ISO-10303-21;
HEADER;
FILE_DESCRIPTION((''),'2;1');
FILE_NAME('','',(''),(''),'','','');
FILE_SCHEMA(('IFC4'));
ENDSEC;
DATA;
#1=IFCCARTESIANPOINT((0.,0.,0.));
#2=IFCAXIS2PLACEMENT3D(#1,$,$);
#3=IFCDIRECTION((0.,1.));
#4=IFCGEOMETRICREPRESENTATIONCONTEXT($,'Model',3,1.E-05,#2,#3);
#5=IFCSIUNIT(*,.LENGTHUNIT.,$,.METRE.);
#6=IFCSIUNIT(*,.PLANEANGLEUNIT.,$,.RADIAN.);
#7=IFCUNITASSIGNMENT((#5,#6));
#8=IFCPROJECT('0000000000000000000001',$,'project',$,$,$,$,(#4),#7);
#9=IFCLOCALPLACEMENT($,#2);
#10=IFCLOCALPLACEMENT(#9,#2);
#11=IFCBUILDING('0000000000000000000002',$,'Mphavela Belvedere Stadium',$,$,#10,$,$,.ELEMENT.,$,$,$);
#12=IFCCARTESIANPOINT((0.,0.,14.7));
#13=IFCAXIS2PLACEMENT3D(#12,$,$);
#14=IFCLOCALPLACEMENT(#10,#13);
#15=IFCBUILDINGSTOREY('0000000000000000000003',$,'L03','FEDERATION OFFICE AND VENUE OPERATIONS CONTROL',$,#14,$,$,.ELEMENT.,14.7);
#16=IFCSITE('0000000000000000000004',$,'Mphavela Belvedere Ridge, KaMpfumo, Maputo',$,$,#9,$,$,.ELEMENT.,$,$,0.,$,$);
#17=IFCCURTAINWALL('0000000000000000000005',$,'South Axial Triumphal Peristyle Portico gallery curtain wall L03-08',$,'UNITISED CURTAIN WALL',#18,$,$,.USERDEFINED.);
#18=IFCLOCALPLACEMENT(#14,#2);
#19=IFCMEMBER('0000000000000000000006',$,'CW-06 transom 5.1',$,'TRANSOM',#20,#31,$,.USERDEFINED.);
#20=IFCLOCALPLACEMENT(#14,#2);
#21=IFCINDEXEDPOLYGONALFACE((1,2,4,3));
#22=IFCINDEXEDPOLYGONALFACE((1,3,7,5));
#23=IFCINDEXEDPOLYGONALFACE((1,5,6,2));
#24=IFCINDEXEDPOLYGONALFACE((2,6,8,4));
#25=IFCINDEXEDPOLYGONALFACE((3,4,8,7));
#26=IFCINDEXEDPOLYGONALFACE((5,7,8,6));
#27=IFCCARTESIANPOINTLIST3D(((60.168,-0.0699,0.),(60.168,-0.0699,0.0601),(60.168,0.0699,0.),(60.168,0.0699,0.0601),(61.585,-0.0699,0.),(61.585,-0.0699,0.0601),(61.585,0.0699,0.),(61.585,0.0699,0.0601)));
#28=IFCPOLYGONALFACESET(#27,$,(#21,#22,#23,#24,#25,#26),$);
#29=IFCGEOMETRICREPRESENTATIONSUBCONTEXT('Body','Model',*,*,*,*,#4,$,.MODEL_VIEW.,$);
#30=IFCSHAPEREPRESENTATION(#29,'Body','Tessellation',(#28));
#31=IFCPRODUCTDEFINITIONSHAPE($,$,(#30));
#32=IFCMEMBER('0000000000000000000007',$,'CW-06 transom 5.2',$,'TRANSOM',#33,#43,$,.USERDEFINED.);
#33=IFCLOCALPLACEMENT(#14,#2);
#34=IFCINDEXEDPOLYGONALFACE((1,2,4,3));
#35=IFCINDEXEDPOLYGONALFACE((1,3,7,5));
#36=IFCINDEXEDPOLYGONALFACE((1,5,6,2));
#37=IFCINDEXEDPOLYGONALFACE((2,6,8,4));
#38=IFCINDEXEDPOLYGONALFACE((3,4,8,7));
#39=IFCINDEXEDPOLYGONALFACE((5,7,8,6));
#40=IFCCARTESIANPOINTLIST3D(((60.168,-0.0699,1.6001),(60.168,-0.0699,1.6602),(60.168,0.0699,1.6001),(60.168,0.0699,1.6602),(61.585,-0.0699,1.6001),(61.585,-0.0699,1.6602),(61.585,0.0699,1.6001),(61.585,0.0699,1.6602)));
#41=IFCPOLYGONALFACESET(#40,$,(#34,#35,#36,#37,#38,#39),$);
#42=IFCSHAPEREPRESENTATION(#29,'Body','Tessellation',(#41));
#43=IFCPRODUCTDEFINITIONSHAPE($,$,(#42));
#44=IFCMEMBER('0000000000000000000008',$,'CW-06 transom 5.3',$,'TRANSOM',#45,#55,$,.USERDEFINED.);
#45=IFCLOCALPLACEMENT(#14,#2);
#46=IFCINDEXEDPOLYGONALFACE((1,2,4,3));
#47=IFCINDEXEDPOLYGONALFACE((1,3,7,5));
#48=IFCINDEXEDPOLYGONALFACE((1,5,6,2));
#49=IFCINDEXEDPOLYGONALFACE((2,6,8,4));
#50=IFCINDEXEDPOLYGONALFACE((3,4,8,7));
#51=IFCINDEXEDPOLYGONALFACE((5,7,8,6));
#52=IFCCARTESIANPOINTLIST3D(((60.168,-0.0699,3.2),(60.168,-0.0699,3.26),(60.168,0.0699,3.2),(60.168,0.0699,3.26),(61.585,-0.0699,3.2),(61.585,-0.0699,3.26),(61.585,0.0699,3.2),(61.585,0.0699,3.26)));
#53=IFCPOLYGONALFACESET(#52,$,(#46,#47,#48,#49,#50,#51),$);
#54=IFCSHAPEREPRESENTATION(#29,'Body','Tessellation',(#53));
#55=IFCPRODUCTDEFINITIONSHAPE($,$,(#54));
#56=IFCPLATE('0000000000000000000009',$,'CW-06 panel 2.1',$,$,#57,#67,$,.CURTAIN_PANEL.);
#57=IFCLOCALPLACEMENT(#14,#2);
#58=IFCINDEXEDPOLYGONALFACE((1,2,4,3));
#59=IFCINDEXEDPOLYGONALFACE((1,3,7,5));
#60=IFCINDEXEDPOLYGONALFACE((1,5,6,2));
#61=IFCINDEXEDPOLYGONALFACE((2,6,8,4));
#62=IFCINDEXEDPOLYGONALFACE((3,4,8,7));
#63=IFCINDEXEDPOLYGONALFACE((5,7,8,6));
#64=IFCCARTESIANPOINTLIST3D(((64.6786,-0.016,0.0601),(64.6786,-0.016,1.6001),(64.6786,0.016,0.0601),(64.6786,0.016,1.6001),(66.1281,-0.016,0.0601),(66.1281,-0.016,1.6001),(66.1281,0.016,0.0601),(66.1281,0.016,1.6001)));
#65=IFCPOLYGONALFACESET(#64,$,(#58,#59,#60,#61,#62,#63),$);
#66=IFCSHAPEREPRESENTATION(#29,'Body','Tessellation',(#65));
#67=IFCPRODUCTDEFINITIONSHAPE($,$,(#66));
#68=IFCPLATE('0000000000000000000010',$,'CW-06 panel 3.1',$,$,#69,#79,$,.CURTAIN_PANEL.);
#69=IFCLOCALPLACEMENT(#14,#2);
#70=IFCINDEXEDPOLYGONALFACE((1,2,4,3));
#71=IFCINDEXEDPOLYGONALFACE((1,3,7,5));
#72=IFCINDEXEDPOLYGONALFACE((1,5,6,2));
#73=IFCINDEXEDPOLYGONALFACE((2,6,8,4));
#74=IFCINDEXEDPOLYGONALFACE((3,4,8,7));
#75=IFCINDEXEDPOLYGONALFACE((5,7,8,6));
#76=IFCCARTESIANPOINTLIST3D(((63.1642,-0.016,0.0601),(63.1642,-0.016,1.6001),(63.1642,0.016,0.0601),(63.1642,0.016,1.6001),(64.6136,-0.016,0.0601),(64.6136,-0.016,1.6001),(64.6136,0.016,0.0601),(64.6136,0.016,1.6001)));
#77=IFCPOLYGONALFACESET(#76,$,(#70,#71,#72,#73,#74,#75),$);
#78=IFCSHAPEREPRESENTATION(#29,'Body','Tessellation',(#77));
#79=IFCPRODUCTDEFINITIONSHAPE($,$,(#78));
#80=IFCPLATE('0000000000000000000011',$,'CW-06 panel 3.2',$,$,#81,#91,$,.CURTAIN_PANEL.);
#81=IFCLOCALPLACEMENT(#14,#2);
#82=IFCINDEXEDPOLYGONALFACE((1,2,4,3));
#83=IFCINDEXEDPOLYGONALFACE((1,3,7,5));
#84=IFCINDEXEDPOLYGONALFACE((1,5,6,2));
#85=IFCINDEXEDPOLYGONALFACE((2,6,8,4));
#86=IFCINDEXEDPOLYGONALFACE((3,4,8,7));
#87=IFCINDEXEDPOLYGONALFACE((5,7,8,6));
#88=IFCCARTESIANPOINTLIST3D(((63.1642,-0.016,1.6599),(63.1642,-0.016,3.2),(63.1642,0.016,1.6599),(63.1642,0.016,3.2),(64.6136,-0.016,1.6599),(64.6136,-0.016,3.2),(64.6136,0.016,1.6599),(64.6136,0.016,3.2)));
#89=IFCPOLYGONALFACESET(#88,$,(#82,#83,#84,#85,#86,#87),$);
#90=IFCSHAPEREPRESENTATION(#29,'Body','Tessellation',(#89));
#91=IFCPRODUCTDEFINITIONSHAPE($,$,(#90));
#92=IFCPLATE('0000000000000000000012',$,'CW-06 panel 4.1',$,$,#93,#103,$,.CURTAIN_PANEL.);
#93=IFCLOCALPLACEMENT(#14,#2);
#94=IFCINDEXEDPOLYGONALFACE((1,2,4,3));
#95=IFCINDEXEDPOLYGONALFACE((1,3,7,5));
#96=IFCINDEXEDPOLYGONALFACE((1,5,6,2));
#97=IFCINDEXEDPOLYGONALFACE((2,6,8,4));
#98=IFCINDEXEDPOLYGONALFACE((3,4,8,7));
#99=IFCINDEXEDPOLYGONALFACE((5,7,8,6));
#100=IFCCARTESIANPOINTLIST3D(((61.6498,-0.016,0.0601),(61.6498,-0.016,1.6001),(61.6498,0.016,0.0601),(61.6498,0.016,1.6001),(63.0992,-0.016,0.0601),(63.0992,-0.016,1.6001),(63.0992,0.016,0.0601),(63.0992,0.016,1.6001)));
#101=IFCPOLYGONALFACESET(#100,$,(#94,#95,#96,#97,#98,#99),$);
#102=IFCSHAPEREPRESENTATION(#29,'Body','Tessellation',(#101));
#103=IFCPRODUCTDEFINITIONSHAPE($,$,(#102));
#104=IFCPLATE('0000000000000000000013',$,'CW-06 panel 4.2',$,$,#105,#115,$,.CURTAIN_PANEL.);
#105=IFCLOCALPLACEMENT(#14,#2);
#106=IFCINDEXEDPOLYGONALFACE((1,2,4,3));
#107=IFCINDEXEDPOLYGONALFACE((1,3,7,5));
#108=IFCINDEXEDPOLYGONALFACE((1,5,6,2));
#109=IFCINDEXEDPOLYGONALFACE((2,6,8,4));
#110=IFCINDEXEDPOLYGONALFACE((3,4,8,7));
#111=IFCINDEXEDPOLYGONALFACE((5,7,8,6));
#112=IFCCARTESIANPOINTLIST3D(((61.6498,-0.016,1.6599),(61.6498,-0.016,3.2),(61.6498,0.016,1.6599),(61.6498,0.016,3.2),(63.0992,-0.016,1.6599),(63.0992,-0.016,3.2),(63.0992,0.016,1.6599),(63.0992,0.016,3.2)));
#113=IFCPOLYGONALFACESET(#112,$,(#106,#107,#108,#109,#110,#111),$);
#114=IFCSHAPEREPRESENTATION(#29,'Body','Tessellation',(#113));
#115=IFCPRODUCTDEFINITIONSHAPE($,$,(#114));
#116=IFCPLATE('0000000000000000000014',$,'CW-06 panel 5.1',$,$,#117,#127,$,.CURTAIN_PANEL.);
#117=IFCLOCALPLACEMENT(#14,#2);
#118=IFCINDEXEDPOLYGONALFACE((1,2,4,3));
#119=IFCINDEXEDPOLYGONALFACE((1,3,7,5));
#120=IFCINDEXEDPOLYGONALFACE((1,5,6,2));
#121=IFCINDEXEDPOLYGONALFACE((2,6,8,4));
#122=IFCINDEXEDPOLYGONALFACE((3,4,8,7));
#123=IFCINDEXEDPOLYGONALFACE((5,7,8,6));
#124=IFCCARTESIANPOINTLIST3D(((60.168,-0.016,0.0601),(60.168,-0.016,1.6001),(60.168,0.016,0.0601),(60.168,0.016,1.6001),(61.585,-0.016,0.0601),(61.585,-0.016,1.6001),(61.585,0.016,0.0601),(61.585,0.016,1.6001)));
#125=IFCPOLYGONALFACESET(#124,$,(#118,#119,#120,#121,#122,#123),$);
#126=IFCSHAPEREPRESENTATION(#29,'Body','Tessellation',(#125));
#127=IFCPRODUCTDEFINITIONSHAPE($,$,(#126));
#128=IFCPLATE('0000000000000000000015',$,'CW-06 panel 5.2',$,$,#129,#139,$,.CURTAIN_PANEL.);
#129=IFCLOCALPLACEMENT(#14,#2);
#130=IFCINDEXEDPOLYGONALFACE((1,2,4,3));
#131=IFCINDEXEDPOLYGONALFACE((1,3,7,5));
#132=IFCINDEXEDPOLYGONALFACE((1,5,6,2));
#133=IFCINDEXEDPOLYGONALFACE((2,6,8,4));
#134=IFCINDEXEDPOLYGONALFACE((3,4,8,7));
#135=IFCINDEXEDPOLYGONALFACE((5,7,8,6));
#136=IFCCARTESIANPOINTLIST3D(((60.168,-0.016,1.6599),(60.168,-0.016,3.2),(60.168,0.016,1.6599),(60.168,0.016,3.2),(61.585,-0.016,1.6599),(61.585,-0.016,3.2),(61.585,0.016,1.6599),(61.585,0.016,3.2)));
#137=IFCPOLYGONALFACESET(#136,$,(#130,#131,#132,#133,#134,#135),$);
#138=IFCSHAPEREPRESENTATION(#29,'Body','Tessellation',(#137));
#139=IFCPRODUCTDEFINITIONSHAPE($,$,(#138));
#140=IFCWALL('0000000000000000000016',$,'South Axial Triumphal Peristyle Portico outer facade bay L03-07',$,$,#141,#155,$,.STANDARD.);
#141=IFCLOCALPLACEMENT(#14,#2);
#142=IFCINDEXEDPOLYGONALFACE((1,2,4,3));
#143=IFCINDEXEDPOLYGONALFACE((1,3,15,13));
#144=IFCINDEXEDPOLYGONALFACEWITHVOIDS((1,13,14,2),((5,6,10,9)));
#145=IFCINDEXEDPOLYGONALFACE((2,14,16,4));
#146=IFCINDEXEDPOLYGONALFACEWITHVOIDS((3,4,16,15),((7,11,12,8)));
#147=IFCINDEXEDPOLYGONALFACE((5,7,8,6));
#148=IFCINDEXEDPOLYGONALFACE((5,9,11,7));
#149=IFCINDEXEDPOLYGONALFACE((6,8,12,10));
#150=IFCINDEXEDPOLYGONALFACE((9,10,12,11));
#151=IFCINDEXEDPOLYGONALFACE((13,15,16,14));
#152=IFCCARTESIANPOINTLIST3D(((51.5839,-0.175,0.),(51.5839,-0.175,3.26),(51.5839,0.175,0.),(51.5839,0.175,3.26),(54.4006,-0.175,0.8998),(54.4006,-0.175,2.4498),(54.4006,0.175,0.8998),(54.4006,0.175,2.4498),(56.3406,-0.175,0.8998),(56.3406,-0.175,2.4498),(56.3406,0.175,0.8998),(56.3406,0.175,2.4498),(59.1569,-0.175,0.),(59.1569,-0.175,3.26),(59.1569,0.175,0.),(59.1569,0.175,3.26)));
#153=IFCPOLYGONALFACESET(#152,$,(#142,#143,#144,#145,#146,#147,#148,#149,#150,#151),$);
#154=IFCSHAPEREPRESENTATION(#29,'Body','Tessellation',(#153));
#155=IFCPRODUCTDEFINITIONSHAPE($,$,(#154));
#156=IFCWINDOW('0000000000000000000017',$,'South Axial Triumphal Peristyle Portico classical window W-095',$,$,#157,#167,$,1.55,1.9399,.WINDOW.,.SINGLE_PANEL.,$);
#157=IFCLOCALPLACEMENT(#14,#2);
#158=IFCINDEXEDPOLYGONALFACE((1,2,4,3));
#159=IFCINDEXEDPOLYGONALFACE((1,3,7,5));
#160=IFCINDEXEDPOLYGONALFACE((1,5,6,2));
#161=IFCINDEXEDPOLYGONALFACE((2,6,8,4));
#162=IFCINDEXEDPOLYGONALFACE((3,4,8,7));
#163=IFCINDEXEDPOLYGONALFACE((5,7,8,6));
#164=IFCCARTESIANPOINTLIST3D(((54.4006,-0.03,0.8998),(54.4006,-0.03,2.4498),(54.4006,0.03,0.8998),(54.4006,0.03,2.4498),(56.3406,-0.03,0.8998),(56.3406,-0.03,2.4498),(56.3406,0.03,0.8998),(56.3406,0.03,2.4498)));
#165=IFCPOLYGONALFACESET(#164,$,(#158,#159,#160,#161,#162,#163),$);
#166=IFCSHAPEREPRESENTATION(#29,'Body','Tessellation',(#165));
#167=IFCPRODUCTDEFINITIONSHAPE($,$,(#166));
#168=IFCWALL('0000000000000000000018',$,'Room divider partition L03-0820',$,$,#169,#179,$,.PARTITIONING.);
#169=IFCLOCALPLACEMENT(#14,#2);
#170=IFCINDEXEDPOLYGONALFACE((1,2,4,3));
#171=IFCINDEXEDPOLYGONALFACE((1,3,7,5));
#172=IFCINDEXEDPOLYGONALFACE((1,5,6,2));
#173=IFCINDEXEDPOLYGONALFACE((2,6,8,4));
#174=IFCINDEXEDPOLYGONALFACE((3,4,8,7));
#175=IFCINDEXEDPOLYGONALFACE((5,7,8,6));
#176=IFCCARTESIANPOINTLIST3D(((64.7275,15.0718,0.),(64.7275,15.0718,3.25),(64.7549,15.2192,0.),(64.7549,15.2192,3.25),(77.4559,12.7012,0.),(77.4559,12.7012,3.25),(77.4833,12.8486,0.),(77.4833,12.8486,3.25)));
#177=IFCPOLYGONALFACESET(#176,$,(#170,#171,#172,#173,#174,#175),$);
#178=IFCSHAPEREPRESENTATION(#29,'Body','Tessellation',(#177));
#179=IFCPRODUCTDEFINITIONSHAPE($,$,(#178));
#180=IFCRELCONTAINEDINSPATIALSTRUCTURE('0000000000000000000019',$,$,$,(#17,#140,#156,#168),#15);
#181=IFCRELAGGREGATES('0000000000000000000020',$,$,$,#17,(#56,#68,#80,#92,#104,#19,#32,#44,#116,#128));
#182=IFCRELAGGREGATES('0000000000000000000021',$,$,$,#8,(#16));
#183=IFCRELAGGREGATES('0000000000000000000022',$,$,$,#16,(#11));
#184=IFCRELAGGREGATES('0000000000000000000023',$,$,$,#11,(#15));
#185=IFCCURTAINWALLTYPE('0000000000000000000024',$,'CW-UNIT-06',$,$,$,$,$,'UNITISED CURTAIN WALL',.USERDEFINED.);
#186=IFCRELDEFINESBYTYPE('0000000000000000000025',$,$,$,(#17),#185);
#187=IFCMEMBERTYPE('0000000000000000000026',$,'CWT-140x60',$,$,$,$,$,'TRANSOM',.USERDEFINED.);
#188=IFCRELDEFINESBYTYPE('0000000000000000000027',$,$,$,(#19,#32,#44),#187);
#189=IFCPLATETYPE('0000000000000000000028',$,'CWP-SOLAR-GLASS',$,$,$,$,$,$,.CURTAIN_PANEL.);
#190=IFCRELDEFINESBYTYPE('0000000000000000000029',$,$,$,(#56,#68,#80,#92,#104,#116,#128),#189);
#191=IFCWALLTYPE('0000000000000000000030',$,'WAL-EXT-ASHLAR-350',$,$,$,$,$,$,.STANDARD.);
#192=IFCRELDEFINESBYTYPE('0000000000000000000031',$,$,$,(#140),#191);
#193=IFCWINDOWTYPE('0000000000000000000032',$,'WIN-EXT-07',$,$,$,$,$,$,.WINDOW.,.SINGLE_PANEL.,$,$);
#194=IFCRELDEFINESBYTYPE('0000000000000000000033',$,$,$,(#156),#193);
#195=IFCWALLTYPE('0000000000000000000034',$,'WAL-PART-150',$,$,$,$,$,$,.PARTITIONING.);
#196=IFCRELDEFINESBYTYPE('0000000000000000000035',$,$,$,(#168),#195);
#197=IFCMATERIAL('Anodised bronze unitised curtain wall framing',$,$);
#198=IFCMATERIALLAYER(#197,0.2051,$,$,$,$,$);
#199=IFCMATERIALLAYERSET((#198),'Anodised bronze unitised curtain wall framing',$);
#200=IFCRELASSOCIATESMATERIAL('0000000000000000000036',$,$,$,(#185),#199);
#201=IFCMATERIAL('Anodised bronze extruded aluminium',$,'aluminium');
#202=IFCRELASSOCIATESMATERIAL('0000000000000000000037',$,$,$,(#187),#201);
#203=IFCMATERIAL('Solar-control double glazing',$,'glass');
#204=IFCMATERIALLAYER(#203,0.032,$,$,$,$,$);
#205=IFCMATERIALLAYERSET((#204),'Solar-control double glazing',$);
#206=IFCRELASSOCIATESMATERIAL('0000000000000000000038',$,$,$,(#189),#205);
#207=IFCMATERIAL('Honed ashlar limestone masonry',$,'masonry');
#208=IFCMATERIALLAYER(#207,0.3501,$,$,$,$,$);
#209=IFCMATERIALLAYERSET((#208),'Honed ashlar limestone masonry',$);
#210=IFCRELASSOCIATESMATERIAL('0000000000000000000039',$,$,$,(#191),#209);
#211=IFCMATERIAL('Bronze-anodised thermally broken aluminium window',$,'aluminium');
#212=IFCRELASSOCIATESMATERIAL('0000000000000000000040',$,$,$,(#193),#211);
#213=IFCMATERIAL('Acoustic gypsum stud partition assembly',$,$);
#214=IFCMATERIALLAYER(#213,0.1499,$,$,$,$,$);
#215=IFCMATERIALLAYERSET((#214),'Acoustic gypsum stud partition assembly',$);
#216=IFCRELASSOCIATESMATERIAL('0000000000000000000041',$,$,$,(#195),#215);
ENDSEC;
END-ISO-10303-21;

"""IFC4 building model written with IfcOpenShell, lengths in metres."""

from ifc_helpers import new_model, si_unit, direction, frame, frame_2d, origin, origin_2d, place, context, subcontext, project, spatial, rectangle, extrude, material, layer, layer_set, material_profile, profile_set, type_object, element, fill, aggregate, save


model = new_model("IFC4")

# Units and contexts
model_context = context("Model", 3, precision=1e-05, world=origin(), true_north=direction((0.0, 1.0)))
body_context = subcontext(model_context, "Body", "Model", "MODEL_VIEW")
ifc_project = project(units=[si_unit("LENGTHUNIT", "METRE"), si_unit("PLANEANGLEUNIT", "RADIAN")], contexts=[model_context])

# Site, building, storey
site_placement = place(None, origin())
site = spatial("IfcSite", under=ifc_project, at=site_placement, Name="Mphavela Belvedere Ridge, KaMpfumo, Maputo", CompositionType="ELEMENT", RefElevation=0.0)
building_placement = place(site_placement, origin())
building = spatial("IfcBuilding", under=site, at=building_placement, Name="Mphavela Belvedere Stadium", CompositionType="ELEMENT")
storey_placement = place(building_placement, frame((0.0, 0.0, 14.7)))
storey = spatial("IfcBuildingStorey", under=building, at=storey_placement, Name="L03", Description="FEDERATION OFFICE AND VENUE OPERATIONS CONTROL", CompositionType="ELEMENT", Elevation=14.7)

# Curtain wall, members, plates
ifc_material_1 = material(Name="Anodised bronze unitised curtain wall framing")
ifc_layer_1 = layer(ifc_material_1, 0.2051)
ifc_layer_set_1 = layer_set([ifc_layer_1], Name="Anodised bronze unitised curtain wall framing")
curtain_wall_type = type_object("IfcCurtainWallType", Name="CW-UNIT-06", ElementType="UNITISED CURTAIN WALL", PredefinedType="USERDEFINED", material=ifc_layer_set_1)
curtain_wall_placement = place(storey_placement, origin())
curtain_wall = element("IfcCurtainWall", 1, at=curtain_wall_placement, inside=storey, type_object=curtain_wall_type, Name="South Axial Triumphal Peristyle Portico gallery curtain wall L03-08", ObjectType="UNITISED CURTAIN WALL", PredefinedType="USERDEFINED")
ifc_material_2 = material(Name="Anodised bronze extruded aluminium", Category="aluminium")
ifc_material_profile_1 = material_profile(ifc_material_2, rectangle(XDim=0.1399, YDim=0.0601, at=origin_2d()), Name="CW-TRN 140x60")
ifc_profile_set_1 = profile_set([ifc_material_profile_1], Name="Anodised bronze extruded aluminium")
member_type_1 = type_object("IfcMemberType", Name="CWT-140x60", ElementType="TRANSOM", PredefinedType="USERDEFINED", material=ifc_profile_set_1)
member_1_placement = place(storey_placement, frame((61.585, 0.0, 0.03), z_axis=(-1.0, 0.0, 0.0), x_axis=(0.0, -1.0, 0.0)))
member_1 = element("IfcMember", 2, at=member_1_placement, type_object=member_type_1, Name="CW-06 transom 5.1", ObjectType="TRANSOM", PredefinedType="USERDEFINED", context=body_context, shape_type="SweptSolid", body=[
    extrude(rectangle(XDim=0.1399, YDim=0.0601, at=origin_2d()), origin(), (0.0, 0.0, 1.0), 1.417),
])
member_2_placement = place(storey_placement, frame((61.585, 0.0, 1.6301), z_axis=(-1.0, 0.0, 0.0), x_axis=(0.0, -1.0, 0.0)))
member_2 = element("IfcMember", 3, at=member_2_placement, type_object=member_type_1, Name="CW-06 transom 5.2", ObjectType="TRANSOM", PredefinedType="USERDEFINED", context=body_context, shape_type="SweptSolid", body=[
    extrude(rectangle(XDim=0.1399, YDim=0.0601, at=origin_2d()), origin(), (0.0, 0.0, 1.0), 1.417),
])
member_3_placement = place(storey_placement, frame((61.585, 0.0, 3.23), z_axis=(-1.0, 0.0, 0.0), x_axis=(0.0, -1.0, 0.0)))
member_3 = element("IfcMember", 4, at=member_3_placement, type_object=member_type_1, Name="CW-06 transom 5.3", ObjectType="TRANSOM", PredefinedType="USERDEFINED", context=body_context, shape_type="SweptSolid", body=[
    extrude(rectangle(XDim=0.1399, YDim=0.0601, at=origin_2d()), origin(), (0.0, 0.0, 1.0), 1.417),
])
ifc_material_3 = material(Name="Solar-control double glazing", Category="glass")
ifc_layer_2 = layer(ifc_material_3, 0.032)
ifc_layer_set_2 = layer_set([ifc_layer_2], Name="Solar-control double glazing")
plate_type = type_object("IfcPlateType", Name="CWP-SOLAR-GLASS", PredefinedType="CURTAIN_PANEL", material=ifc_layer_set_2)
plate_1_placement = place(storey_placement, frame((65.4033, 0.0, 0.0601), z_axis=(0.0, 0.0, 1.0), x_axis=(-1.0, 0.0, 0.0)))
plate_1 = element("IfcPlate", 5, at=plate_1_placement, type_object=plate_type, Name="CW-06 panel 2.1", PredefinedType="CURTAIN_PANEL", context=body_context, shape_type="SweptSolid", body=[
    extrude(rectangle(XDim=1.4495, YDim=0.032, at=origin_2d()), origin(), (0.0, 0.0, 1.0), 1.54),
])
plate_2_placement = place(storey_placement, frame((63.8889, 0.0, 0.0601), z_axis=(0.0, 0.0, 1.0), x_axis=(-1.0, 0.0, 0.0)))
plate_2 = element("IfcPlate", 6, at=plate_2_placement, type_object=plate_type, Name="CW-06 panel 3.1", PredefinedType="CURTAIN_PANEL", context=body_context, shape_type="SweptSolid", body=[
    extrude(rectangle(XDim=1.4495, YDim=0.032, at=origin_2d()), origin(), (0.0, 0.0, 1.0), 1.54),
])
plate_3_placement = place(storey_placement, frame((63.8889, 0.0, 1.6599), z_axis=(0.0, 0.0, 1.0), x_axis=(-1.0, 0.0, 0.0)))
plate_3 = element("IfcPlate", 7, at=plate_3_placement, type_object=plate_type, Name="CW-06 panel 3.2", PredefinedType="CURTAIN_PANEL", context=body_context, shape_type="SweptSolid", body=[
    extrude(rectangle(XDim=1.4495, YDim=0.032, at=origin_2d()), origin(), (0.0, 0.0, 1.0), 1.54),
])
plate_4_placement = place(storey_placement, frame((62.3745, 0.0, 0.0601), z_axis=(0.0, 0.0, 1.0), x_axis=(-1.0, 0.0, 0.0)))
plate_4 = element("IfcPlate", 8, at=plate_4_placement, type_object=plate_type, Name="CW-06 panel 4.1", PredefinedType="CURTAIN_PANEL", context=body_context, shape_type="SweptSolid", body=[
    extrude(rectangle(XDim=1.4495, YDim=0.032, at=origin_2d()), origin(), (0.0, 0.0, 1.0), 1.54),
])
plate_5_placement = place(storey_placement, frame((62.3745, 0.0, 1.6599), z_axis=(0.0, 0.0, 1.0), x_axis=(-1.0, 0.0, 0.0)))
plate_5 = element("IfcPlate", 9, at=plate_5_placement, type_object=plate_type, Name="CW-06 panel 4.2", PredefinedType="CURTAIN_PANEL", context=body_context, shape_type="SweptSolid", body=[
    extrude(rectangle(XDim=1.4495, YDim=0.032, at=origin_2d()), origin(), (0.0, 0.0, 1.0), 1.54),
])
plate_6_placement = place(storey_placement, frame((60.8765, 0.0, 0.0601), z_axis=(0.0, 0.0, 1.0), x_axis=(-1.0, 0.0, 0.0)))
plate_6 = element("IfcPlate", 10, at=plate_6_placement, type_object=plate_type, Name="CW-06 panel 5.1", PredefinedType="CURTAIN_PANEL", context=body_context, shape_type="SweptSolid", body=[
    extrude(rectangle(XDim=1.417, YDim=0.032, at=origin_2d()), origin(), (0.0, 0.0, 1.0), 1.54),
])
plate_7_placement = place(storey_placement, frame((60.8765, 0.0, 1.6599), z_axis=(0.0, 0.0, 1.0), x_axis=(-1.0, 0.0, 0.0)))
plate_7 = element("IfcPlate", 11, at=plate_7_placement, type_object=plate_type, Name="CW-06 panel 5.2", PredefinedType="CURTAIN_PANEL", context=body_context, shape_type="SweptSolid", body=[
    extrude(rectangle(XDim=1.417, YDim=0.032, at=origin_2d()), origin(), (0.0, 0.0, 1.0), 1.54),
])
aggregate(curtain_wall, [plate_1, plate_2, plate_3, plate_4, plate_5, member_1, member_2, member_3, plate_6, plate_7])

# Wall, opening, window
ifc_material_4 = material(Name="Honed ashlar limestone masonry", Category="masonry")
ifc_layer_3 = layer(ifc_material_4, 0.3501)
ifc_layer_set_3 = layer_set([ifc_layer_3], Name="Honed ashlar limestone masonry")
wall_type_1 = type_object("IfcWallType", Name="WAL-EXT-ASHLAR-350", PredefinedType="STANDARD", material=ifc_layer_set_3)
wall_1_placement = place(storey_placement, frame((59.157, 0.0, 0.0), z_axis=(0.0, 0.0, 1.0), x_axis=(-1.0, 0.0, 0.0)))
wall_1 = element("IfcWall", 12, at=wall_1_placement, inside=storey, type_object=wall_type_1, Name="South Axial Triumphal Peristyle Portico outer facade bay L03-07", PredefinedType="STANDARD", context=body_context, shape_type="SweptSolid", body=[
    extrude(rectangle(XDim=7.573, YDim=0.3501, at=frame_2d((3.7866, 0.0))), origin(), (0.0, 0.0, 1.0), 3.26),
])
opening_placement = place(wall_1_placement, frame((2.8164, 0.0, 0.8999)))
opening = element("IfcOpeningElement", 13, at=opening_placement, cuts=wall_1, PredefinedType="OPENING", context=body_context, shape_type="SweptSolid", body=[
    extrude(rectangle(XDim=1.9399, YDim=1.55, at=frame_2d((0.97, 0.7749))), frame((0.0, 0.1851, 0.0), z_axis=(0.0, -1.0, 0.0), x_axis=(1.0, 0.0, 0.0)), (0.0, 0.0, 1.0), 0.3701),
])
ifc_material_5 = material(Name="Bronze-anodised thermally broken aluminium window", Category="aluminium")
window_type = type_object("IfcWindowType", Name="WIN-EXT-07", PartitioningType="SINGLE_PANEL", PredefinedType="WINDOW", material=ifc_material_5)
window_placement = place(opening_placement, origin())
window = element("IfcWindow", 14, at=window_placement, inside=storey, type_object=window_type, Name="South Axial Triumphal Peristyle Portico classical window W-095", OverallHeight=1.55, OverallWidth=1.9399, PartitioningType="SINGLE_PANEL", PredefinedType="WINDOW", context=body_context, shape_type="SweptSolid", body=[
    extrude(rectangle(XDim=1.9399, YDim=1.55, at=frame_2d((0.97, 0.7749))), frame((0.0, 0.03, 0.0), z_axis=(0.0, -1.0, 0.0), x_axis=(1.0, 0.0, 0.0)), (0.0, 0.0, 1.0), 0.0601),
])
fill(opening, window)

# Wall
ifc_material_6 = material(Name="Acoustic gypsum stud partition assembly")
ifc_layer_4 = layer(ifc_material_6, 0.1499)
ifc_layer_set_4 = layer_set([ifc_layer_4], Name="Acoustic gypsum stud partition assembly")
wall_type_2 = type_object("IfcWallType", Name="WAL-PART-150", PredefinedType="PARTITIONING", material=ifc_layer_set_4)
wall_2_placement = place(storey_placement, frame((64.7412, 15.1455, 0.0), z_axis=(0.0, 0.0, 1.0), x_axis=(0.983095, -0.183099, 0.0)))
element("IfcWall", 15, at=wall_2_placement, inside=storey, type_object=wall_type_2, Name="Room divider partition L03-0820", PredefinedType="PARTITIONING", context=body_context, shape_type="SweptSolid", body=[
    extrude(rectangle(XDim=12.9473, YDim=0.1499, at=frame_2d((6.4736, 0.0))), origin(), (0.0, 0.0, 1.0), 3.25),
])

save(model, "model.ifc")
